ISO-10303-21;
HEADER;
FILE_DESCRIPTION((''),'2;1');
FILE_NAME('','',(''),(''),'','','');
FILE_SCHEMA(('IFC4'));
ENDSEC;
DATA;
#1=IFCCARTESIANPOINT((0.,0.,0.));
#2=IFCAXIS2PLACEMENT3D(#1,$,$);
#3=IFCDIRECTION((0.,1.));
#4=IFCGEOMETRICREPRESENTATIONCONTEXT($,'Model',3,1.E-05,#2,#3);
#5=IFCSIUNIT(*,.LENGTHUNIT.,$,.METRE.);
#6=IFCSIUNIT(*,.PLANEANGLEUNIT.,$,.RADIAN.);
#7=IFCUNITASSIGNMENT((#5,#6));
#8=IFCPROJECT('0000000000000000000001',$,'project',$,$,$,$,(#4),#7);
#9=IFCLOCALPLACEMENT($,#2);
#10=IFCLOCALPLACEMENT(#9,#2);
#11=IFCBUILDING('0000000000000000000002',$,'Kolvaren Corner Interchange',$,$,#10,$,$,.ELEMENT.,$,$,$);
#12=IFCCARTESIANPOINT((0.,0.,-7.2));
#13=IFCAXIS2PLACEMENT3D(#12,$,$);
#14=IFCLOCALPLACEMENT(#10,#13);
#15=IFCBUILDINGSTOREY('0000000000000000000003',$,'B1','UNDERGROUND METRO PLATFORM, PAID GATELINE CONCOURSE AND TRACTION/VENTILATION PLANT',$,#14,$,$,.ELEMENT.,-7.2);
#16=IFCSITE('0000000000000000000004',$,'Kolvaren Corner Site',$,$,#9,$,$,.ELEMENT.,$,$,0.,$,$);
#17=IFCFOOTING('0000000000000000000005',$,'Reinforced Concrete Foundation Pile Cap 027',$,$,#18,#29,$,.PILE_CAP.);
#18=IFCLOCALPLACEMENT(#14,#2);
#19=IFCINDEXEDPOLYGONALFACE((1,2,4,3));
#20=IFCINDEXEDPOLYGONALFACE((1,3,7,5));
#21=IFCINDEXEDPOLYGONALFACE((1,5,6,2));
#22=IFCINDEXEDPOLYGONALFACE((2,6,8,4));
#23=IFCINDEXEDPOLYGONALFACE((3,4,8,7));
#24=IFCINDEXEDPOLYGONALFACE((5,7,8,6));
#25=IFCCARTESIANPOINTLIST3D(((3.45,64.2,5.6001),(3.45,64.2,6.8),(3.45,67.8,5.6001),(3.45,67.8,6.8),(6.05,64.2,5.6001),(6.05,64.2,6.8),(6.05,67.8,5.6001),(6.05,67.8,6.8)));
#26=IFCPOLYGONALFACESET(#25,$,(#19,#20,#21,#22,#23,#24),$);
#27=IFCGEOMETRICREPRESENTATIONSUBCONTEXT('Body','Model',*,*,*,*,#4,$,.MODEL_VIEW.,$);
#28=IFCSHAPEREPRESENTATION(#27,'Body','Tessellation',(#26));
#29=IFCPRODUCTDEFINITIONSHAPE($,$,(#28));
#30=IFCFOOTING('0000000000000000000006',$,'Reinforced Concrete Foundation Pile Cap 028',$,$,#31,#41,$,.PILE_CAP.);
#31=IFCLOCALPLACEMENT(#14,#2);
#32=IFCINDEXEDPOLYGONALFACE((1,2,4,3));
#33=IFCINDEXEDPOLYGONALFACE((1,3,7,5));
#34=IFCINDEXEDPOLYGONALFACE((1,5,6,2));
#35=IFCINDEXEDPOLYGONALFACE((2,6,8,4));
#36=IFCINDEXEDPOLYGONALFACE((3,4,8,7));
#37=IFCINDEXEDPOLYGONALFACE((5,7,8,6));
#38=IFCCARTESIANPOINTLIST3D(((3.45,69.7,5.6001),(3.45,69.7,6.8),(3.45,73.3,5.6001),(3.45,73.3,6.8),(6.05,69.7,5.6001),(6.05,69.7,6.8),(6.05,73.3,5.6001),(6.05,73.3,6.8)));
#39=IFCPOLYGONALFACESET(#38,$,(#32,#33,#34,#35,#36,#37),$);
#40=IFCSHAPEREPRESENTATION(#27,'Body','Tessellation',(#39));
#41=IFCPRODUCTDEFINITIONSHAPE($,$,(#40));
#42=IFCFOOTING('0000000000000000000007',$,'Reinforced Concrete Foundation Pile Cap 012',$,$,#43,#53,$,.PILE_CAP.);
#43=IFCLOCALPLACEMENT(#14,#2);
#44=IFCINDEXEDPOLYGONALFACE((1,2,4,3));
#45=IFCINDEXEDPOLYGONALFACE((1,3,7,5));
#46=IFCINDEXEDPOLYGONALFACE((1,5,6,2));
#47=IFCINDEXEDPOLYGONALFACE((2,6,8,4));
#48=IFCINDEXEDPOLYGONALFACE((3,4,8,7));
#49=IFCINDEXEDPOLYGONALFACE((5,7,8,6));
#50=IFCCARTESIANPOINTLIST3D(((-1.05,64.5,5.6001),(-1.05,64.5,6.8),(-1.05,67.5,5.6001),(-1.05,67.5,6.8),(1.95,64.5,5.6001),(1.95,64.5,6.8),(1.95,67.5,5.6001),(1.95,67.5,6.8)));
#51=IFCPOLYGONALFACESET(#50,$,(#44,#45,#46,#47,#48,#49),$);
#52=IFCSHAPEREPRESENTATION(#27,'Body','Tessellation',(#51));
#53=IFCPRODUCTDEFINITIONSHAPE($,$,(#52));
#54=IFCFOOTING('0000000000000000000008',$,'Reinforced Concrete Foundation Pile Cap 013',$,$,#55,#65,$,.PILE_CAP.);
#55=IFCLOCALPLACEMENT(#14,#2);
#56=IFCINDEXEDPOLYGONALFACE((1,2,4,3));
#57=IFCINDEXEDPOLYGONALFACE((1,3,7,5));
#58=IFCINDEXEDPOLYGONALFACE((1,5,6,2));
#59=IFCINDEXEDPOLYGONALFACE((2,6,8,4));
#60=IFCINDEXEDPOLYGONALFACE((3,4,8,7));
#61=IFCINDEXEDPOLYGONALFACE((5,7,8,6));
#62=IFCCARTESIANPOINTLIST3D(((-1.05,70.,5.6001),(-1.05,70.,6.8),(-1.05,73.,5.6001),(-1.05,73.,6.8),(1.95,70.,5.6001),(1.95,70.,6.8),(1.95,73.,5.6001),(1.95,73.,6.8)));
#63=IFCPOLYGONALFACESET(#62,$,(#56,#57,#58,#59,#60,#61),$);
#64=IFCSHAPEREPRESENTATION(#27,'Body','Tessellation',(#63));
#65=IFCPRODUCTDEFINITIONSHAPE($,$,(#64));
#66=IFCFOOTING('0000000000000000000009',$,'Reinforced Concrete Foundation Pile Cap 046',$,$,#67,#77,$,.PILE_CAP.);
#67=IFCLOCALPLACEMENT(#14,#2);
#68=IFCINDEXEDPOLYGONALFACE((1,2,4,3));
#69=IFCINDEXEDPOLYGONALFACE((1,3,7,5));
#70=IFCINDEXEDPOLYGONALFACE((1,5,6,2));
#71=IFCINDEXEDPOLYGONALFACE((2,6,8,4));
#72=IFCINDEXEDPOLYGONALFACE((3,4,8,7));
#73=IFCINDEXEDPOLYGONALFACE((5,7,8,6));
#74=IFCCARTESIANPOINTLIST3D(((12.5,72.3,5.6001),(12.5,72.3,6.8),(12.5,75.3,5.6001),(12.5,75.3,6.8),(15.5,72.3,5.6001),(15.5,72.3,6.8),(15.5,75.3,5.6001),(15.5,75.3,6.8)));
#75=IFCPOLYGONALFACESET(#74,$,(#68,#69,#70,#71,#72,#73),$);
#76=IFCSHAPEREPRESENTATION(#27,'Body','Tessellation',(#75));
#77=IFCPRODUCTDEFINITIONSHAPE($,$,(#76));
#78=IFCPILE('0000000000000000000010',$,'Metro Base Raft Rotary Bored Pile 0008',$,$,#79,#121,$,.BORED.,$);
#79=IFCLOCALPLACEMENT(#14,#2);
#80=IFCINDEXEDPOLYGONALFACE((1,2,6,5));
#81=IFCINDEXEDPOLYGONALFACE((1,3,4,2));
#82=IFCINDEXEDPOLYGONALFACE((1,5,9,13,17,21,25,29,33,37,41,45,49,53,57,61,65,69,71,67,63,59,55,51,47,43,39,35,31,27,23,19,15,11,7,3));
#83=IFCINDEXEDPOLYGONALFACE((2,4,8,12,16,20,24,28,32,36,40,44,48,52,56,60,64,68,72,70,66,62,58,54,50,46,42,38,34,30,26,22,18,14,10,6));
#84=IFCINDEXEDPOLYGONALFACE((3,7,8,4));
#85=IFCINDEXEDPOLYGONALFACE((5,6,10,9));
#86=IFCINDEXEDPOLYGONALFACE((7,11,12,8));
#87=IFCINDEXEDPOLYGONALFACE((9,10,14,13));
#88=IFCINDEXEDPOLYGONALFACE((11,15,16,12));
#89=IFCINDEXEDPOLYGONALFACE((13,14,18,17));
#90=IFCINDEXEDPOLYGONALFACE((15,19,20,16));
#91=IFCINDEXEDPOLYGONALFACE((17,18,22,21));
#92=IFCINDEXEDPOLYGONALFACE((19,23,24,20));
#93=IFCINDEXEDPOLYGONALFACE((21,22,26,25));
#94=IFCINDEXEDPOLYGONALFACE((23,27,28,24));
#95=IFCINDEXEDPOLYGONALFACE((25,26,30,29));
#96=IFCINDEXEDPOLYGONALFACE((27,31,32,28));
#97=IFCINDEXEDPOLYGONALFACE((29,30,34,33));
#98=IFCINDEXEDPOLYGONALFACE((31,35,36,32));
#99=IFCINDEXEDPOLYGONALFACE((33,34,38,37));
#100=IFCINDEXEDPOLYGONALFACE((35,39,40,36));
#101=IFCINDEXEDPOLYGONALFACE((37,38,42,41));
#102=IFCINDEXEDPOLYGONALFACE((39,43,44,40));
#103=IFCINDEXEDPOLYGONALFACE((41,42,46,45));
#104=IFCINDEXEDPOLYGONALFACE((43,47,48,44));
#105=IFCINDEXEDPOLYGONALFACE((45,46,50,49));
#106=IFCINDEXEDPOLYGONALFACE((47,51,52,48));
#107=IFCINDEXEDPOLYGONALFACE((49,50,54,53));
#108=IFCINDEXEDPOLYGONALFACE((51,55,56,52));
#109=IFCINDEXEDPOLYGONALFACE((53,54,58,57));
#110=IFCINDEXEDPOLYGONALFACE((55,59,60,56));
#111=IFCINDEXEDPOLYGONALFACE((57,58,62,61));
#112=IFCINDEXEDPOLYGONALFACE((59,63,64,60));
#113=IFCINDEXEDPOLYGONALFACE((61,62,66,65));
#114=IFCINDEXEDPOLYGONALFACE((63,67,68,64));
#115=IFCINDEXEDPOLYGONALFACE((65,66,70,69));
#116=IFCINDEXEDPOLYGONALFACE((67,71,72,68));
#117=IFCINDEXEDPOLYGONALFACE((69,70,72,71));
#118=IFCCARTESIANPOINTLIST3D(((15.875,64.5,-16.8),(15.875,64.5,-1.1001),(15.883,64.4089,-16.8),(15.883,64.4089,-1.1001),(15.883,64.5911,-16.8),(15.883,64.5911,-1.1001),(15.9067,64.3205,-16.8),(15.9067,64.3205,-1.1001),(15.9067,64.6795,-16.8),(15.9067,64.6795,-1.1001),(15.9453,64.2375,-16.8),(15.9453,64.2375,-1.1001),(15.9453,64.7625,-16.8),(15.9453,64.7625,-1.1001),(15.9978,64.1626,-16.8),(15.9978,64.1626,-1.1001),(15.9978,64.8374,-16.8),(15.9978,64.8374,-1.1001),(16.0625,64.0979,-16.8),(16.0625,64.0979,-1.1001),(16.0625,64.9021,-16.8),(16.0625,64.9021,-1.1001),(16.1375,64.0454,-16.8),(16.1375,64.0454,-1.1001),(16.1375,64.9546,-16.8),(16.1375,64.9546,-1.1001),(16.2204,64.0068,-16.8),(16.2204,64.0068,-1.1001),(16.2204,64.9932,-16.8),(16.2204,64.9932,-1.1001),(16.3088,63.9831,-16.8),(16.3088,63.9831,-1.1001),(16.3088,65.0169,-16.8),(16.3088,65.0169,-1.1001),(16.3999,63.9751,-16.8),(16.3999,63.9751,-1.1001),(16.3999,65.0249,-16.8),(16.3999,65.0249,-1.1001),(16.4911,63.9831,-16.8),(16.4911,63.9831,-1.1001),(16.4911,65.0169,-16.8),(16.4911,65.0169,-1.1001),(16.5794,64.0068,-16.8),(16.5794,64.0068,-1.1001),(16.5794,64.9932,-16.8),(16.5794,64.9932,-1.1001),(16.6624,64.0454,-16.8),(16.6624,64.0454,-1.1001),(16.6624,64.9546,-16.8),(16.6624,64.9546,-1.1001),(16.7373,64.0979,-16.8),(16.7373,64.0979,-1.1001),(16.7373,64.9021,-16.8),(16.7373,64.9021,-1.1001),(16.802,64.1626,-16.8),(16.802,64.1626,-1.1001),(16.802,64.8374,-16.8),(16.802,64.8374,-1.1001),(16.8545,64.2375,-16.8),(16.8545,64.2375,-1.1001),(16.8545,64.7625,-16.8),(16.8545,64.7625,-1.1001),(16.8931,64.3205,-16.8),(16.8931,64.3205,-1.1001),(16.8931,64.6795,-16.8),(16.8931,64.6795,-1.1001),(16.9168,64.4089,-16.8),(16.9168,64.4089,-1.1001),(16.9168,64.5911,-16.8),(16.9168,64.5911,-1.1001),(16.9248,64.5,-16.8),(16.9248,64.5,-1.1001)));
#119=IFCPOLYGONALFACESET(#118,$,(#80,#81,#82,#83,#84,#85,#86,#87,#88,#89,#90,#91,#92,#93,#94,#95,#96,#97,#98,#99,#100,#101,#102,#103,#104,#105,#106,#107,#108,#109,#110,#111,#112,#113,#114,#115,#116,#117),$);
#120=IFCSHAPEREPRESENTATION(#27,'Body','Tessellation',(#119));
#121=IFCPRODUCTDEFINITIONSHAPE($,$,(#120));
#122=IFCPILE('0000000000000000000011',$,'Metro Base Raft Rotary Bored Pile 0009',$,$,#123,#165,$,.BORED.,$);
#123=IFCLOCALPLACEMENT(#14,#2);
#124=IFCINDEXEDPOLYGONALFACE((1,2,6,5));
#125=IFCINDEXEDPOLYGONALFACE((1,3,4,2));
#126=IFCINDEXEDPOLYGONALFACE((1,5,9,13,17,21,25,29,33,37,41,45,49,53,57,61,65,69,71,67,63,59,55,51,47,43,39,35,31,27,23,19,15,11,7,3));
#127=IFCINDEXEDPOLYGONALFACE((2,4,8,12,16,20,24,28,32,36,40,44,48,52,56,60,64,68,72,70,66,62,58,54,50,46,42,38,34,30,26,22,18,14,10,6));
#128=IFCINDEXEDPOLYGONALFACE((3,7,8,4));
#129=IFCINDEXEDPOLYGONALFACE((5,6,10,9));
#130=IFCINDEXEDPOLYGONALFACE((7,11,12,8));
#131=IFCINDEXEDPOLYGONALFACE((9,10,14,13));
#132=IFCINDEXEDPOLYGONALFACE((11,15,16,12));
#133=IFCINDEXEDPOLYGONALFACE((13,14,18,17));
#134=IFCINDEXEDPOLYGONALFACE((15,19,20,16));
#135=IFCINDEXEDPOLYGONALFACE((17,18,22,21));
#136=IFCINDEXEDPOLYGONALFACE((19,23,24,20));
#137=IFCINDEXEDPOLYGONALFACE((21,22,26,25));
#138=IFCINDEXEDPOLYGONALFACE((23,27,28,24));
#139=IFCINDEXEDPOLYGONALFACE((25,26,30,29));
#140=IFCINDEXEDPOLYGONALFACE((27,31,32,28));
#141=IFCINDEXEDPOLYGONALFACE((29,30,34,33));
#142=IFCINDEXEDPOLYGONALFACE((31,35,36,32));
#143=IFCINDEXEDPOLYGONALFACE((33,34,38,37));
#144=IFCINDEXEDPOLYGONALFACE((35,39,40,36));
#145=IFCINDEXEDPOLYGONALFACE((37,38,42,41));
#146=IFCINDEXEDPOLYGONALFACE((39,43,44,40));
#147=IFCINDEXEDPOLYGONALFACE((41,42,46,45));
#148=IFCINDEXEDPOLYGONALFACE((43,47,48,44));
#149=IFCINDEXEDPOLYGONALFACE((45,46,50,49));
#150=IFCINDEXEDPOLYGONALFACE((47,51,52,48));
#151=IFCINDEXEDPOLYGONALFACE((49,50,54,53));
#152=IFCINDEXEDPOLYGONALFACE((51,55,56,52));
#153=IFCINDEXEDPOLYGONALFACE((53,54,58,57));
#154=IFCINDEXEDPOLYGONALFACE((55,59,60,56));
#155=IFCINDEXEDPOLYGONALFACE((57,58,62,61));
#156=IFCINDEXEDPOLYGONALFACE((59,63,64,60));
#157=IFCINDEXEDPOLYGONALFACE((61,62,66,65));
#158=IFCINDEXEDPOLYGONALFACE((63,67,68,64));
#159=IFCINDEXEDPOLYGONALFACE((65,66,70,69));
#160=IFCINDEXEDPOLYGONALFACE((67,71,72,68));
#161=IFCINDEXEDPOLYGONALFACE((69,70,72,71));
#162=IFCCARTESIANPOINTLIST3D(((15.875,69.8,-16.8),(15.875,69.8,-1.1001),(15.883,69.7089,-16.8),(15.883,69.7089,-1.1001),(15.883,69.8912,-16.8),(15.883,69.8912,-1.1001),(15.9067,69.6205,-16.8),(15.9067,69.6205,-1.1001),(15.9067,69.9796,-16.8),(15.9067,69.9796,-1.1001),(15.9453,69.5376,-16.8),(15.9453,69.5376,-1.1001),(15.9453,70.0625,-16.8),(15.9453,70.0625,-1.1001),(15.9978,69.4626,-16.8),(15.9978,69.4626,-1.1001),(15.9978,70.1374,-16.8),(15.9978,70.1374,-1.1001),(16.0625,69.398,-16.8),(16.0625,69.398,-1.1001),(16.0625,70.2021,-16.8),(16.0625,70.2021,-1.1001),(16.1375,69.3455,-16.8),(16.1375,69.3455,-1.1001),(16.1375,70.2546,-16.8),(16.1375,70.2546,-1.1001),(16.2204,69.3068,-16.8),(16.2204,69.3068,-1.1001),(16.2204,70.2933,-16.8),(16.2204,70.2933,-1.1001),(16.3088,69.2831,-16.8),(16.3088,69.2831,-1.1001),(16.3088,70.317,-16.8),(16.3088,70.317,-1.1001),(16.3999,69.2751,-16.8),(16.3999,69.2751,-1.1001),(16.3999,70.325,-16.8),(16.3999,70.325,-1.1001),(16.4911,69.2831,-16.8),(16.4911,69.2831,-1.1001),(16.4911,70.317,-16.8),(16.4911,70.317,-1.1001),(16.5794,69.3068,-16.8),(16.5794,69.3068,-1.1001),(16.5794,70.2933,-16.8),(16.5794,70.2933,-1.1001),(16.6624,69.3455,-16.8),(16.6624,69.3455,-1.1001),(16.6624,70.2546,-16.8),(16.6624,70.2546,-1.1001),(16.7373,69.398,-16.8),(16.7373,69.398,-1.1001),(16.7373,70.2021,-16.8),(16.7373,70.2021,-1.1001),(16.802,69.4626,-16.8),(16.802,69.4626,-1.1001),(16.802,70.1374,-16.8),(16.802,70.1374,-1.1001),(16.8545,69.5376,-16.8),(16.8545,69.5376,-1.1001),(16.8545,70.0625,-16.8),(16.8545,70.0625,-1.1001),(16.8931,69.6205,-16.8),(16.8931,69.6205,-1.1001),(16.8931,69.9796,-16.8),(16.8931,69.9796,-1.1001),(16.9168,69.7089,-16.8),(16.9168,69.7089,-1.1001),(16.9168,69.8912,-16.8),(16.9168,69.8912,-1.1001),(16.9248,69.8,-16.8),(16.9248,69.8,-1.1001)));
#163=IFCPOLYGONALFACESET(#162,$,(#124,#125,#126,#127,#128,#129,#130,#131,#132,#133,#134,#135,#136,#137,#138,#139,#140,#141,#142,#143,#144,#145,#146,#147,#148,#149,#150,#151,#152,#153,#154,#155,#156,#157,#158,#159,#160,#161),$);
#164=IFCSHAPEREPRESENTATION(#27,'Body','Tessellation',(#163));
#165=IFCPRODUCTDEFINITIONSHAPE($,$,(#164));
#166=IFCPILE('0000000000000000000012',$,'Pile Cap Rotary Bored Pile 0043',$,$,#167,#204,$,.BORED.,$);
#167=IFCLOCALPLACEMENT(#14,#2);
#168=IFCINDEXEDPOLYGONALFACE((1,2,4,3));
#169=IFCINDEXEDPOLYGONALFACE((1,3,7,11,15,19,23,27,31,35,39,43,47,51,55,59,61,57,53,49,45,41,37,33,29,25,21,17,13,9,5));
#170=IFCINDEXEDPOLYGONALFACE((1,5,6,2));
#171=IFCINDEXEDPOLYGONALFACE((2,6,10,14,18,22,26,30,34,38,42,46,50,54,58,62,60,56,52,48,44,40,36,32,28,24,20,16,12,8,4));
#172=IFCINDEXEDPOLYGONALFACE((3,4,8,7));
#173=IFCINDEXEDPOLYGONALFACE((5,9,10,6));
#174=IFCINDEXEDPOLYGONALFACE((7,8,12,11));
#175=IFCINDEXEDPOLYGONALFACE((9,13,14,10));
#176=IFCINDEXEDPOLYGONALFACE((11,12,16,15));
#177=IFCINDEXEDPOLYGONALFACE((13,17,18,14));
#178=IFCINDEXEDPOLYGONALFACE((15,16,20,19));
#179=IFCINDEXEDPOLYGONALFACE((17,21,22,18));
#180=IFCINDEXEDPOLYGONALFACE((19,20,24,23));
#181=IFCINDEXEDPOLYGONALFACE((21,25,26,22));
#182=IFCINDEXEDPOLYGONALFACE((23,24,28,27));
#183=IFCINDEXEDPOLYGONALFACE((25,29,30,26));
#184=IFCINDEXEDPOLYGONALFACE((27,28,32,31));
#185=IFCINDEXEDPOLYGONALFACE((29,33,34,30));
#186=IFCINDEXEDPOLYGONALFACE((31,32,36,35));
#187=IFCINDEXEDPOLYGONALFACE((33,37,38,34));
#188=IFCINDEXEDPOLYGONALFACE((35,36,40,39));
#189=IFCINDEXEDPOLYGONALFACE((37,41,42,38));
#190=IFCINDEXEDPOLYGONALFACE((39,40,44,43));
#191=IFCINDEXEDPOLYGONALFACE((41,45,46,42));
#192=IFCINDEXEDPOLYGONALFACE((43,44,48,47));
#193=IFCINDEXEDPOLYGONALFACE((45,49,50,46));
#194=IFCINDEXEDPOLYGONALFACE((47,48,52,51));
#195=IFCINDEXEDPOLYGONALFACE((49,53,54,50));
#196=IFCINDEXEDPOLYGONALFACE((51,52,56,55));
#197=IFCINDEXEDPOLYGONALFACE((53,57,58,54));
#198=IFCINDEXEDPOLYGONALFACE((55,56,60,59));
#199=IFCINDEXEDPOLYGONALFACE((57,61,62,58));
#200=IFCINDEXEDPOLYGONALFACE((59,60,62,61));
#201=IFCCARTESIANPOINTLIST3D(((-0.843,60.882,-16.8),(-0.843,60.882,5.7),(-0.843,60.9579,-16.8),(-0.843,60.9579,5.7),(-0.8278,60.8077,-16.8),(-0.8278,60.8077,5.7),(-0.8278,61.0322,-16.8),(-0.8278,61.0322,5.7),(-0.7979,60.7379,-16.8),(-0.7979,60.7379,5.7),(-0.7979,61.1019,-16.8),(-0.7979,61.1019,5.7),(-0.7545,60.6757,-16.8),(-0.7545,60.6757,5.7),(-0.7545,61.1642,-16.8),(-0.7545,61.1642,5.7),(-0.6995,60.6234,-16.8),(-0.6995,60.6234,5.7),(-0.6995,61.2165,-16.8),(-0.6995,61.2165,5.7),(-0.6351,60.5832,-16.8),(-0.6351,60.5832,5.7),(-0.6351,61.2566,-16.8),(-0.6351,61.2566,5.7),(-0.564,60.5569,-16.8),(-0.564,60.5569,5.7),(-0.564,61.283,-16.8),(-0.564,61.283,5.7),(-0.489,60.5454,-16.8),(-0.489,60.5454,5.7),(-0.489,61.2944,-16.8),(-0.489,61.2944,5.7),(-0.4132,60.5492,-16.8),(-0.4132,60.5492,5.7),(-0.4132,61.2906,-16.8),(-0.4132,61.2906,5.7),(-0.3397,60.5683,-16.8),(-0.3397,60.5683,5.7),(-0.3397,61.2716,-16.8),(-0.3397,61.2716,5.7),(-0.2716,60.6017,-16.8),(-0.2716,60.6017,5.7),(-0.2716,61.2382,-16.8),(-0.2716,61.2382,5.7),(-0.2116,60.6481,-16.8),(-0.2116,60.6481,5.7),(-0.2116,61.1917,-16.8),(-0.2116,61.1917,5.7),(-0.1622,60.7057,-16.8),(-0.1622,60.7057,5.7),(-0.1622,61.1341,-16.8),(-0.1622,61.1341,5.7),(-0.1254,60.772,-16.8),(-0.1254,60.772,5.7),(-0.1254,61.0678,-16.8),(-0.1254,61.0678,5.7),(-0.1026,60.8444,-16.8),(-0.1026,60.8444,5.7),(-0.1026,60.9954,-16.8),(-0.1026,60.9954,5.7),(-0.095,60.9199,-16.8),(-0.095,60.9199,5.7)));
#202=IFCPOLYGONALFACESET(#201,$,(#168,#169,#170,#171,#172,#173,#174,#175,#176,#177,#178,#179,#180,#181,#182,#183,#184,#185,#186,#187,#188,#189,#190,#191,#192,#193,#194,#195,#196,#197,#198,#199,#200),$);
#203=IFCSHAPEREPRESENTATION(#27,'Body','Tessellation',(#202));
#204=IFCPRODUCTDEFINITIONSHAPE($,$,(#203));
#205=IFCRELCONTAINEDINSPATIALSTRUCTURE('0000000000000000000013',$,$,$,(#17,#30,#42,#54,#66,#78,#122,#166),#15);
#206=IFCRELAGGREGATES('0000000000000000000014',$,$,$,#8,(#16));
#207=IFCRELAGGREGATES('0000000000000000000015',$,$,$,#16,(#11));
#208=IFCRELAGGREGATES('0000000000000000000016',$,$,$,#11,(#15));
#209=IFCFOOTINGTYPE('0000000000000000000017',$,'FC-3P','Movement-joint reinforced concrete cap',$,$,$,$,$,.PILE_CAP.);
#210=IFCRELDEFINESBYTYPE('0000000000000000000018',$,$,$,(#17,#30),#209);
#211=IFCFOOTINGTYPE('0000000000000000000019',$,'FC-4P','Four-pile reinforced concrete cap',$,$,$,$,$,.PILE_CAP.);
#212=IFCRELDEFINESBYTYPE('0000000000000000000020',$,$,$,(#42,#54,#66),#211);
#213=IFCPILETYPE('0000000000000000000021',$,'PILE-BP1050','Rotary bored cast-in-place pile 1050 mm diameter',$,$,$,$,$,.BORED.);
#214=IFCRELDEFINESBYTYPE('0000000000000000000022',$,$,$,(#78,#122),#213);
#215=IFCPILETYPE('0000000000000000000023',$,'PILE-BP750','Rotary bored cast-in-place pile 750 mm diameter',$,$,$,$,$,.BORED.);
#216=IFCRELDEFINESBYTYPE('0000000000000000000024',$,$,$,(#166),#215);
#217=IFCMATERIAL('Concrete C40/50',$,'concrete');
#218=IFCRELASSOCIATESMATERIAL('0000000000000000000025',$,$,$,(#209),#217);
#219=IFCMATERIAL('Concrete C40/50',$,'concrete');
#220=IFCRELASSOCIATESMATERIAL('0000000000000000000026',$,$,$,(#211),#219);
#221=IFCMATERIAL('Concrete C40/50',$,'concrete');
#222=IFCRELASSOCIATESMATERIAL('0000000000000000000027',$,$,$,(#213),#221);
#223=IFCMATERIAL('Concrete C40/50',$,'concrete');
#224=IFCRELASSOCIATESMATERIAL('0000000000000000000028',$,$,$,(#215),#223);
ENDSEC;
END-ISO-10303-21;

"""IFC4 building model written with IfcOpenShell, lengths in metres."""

from ifc_helpers import new_model, si_unit, direction, frame, origin, origin_2d, place, context, subcontext, project, spatial, rectangle, circle, extrude, material, material_profile, profile_set, type_object, element, save


model = new_model("IFC4")

# Units and contexts
model_context = context("Model", 3, precision=1e-05, world=origin(), true_north=direction((0.0, 1.0)))
body_context = subcontext(model_context, "Body", "Model", "MODEL_VIEW")
ifc_project = project(units=[si_unit("LENGTHUNIT", "METRE"), si_unit("PLANEANGLEUNIT", "RADIAN")], contexts=[model_context])

# Site, building, storey
site_placement = place(None, origin())
site = spatial("IfcSite", under=ifc_project, at=site_placement, Name="Kolvaren Corner Site", CompositionType="ELEMENT", RefElevation=0.0)
building_placement = place(site_placement, origin())
building = spatial("IfcBuilding", under=site, at=building_placement, Name="Kolvaren Corner Interchange", CompositionType="ELEMENT")
storey_placement = place(building_placement, frame((0.0, 0.0, -7.2)))
storey = spatial("IfcBuildingStorey", under=building, at=storey_placement, Name="B1", Description="UNDERGROUND METRO PLATFORM, PAID GATELINE CONCOURSE AND TRACTION/VENTILATION PLANT", CompositionType="ELEMENT", Elevation=-7.2)

# Footings
ifc_material_1 = material(Name="Concrete C40/50", Category="concrete")
footing_type_1 = type_object("IfcFootingType", Name="FC-3P", Description="Movement-joint reinforced concrete cap", PredefinedType="PILE_CAP", material=ifc_material_1)
for number, where, z_axis, x_axis, name in (
    (1, (4.75, 66.0, 5.6001), (0.0, 0.0, 1.0), (1.0, 0.0, 0.0), "Reinforced Concrete Foundation Pile Cap 027"),
    (2, (4.75, 71.5, 5.6001), (0.0, 0.0, 1.0), (1.0, 0.0, 0.0), "Reinforced Concrete Foundation Pile Cap 028"),
):
    element("IfcFooting", number, at=place(storey_placement, frame(where, z_axis=z_axis, x_axis=x_axis)), inside=storey, type_object=footing_type_1, Name=name, PredefinedType="PILE_CAP", context=body_context, shape_type="SweptSolid", body=[
        extrude(rectangle(XDim=2.6001, YDim=3.6001, at=origin_2d()), origin(), (0.0, 0.0, 1.0), 1.2),
    ])
ifc_material_2 = material(Name="Concrete C40/50", Category="concrete")
footing_type_2 = type_object("IfcFootingType", Name="FC-4P", Description="Four-pile reinforced concrete cap", PredefinedType="PILE_CAP", material=ifc_material_2)
for number, where, z_axis, x_axis, name in (
    (3, (0.45, 66.0, 5.6001), (0.0, 0.0, 1.0), (1.0, 0.0, 0.0), "Reinforced Concrete Foundation Pile Cap 012"),
    (4, (0.45, 71.5, 5.6001), (0.0, 0.0, 1.0), (1.0, 0.0, 0.0), "Reinforced Concrete Foundation Pile Cap 013"),
    (5, (14.0, 73.8, 5.6001), (0.0, 0.0, 1.0), (1.0, 0.0, 0.0), "Reinforced Concrete Foundation Pile Cap 046"),
):
    element("IfcFooting", number, at=place(storey_placement, frame(where, z_axis=z_axis, x_axis=x_axis)), inside=storey, type_object=footing_type_2, Name=name, PredefinedType="PILE_CAP", context=body_context, shape_type="SweptSolid", body=[
        extrude(rectangle(XDim=3.0, YDim=3.0, at=origin_2d()), origin(), (0.0, 0.0, 1.0), 1.2),
    ])

# Piles
ifc_material_3 = material(Name="Concrete C40/50", Category="concrete")
ifc_material_profile_1 = material_profile(ifc_material_3, circle(Radius=0.5249, at=origin_2d()), Name="BORED PILE 1050")
ifc_profile_set_1 = profile_set([ifc_material_profile_1], Name="Concrete C40/50")
pile_type_1 = type_object("IfcPileType", Name="PILE-BP1050", Description="Rotary bored cast-in-place pile 1050 mm diameter", PredefinedType="BORED", material=ifc_profile_set_1)
for number, where, z_axis, x_axis, name in (
    (6, (16.3999, 64.5, -1.1001), (0.0, 0.0, -1.0), (1.0, 0.0, 0.0), "Metro Base Raft Rotary Bored Pile 0008"),
    (7, (16.3999, 69.8, -1.1001), (0.0, 0.0, -1.0), (1.0, 0.0, 0.0), "Metro Base Raft Rotary Bored Pile 0009"),
):
    element("IfcPile", number, at=place(storey_placement, frame(where, z_axis=z_axis, x_axis=x_axis)), inside=storey, type_object=pile_type_1, Name=name, PredefinedType="BORED", context=body_context, shape_type="SweptSolid", body=[
        extrude(circle(Radius=0.5249, at=origin_2d()), origin(), (0.0, 0.0, 1.0), 15.7),
    ])
ifc_material_4 = material(Name="Concrete C40/50", Category="concrete")
ifc_material_profile_2 = material_profile(ifc_material_4, circle(Radius=0.375, at=origin_2d()), Name="BORED PILE 750")
ifc_profile_set_2 = profile_set([ifc_material_profile_2], Name="Concrete C40/50")
pile_type_2 = type_object("IfcPileType", Name="PILE-BP750", Description="Rotary bored cast-in-place pile 750 mm diameter", PredefinedType="BORED", material=ifc_profile_set_2)
for number, where, z_axis, x_axis, name in (
    (8, (-0.47, 60.9199, 5.7), (0.0, 0.0, -1.0), (1.0, 0.0, 0.0), "Pile Cap Rotary Bored Pile 0043"),
):
    element("IfcPile", number, at=place(storey_placement, frame(where, z_axis=z_axis, x_axis=x_axis)), inside=storey, type_object=pile_type_2, Name=name, PredefinedType="BORED", context=body_context, shape_type="SweptSolid", body=[
        extrude(circle(Radius=0.375, at=origin_2d()), origin(), (0.0, 0.0, 1.0), 22.5),
    ])

save(model, "model.ifc")
